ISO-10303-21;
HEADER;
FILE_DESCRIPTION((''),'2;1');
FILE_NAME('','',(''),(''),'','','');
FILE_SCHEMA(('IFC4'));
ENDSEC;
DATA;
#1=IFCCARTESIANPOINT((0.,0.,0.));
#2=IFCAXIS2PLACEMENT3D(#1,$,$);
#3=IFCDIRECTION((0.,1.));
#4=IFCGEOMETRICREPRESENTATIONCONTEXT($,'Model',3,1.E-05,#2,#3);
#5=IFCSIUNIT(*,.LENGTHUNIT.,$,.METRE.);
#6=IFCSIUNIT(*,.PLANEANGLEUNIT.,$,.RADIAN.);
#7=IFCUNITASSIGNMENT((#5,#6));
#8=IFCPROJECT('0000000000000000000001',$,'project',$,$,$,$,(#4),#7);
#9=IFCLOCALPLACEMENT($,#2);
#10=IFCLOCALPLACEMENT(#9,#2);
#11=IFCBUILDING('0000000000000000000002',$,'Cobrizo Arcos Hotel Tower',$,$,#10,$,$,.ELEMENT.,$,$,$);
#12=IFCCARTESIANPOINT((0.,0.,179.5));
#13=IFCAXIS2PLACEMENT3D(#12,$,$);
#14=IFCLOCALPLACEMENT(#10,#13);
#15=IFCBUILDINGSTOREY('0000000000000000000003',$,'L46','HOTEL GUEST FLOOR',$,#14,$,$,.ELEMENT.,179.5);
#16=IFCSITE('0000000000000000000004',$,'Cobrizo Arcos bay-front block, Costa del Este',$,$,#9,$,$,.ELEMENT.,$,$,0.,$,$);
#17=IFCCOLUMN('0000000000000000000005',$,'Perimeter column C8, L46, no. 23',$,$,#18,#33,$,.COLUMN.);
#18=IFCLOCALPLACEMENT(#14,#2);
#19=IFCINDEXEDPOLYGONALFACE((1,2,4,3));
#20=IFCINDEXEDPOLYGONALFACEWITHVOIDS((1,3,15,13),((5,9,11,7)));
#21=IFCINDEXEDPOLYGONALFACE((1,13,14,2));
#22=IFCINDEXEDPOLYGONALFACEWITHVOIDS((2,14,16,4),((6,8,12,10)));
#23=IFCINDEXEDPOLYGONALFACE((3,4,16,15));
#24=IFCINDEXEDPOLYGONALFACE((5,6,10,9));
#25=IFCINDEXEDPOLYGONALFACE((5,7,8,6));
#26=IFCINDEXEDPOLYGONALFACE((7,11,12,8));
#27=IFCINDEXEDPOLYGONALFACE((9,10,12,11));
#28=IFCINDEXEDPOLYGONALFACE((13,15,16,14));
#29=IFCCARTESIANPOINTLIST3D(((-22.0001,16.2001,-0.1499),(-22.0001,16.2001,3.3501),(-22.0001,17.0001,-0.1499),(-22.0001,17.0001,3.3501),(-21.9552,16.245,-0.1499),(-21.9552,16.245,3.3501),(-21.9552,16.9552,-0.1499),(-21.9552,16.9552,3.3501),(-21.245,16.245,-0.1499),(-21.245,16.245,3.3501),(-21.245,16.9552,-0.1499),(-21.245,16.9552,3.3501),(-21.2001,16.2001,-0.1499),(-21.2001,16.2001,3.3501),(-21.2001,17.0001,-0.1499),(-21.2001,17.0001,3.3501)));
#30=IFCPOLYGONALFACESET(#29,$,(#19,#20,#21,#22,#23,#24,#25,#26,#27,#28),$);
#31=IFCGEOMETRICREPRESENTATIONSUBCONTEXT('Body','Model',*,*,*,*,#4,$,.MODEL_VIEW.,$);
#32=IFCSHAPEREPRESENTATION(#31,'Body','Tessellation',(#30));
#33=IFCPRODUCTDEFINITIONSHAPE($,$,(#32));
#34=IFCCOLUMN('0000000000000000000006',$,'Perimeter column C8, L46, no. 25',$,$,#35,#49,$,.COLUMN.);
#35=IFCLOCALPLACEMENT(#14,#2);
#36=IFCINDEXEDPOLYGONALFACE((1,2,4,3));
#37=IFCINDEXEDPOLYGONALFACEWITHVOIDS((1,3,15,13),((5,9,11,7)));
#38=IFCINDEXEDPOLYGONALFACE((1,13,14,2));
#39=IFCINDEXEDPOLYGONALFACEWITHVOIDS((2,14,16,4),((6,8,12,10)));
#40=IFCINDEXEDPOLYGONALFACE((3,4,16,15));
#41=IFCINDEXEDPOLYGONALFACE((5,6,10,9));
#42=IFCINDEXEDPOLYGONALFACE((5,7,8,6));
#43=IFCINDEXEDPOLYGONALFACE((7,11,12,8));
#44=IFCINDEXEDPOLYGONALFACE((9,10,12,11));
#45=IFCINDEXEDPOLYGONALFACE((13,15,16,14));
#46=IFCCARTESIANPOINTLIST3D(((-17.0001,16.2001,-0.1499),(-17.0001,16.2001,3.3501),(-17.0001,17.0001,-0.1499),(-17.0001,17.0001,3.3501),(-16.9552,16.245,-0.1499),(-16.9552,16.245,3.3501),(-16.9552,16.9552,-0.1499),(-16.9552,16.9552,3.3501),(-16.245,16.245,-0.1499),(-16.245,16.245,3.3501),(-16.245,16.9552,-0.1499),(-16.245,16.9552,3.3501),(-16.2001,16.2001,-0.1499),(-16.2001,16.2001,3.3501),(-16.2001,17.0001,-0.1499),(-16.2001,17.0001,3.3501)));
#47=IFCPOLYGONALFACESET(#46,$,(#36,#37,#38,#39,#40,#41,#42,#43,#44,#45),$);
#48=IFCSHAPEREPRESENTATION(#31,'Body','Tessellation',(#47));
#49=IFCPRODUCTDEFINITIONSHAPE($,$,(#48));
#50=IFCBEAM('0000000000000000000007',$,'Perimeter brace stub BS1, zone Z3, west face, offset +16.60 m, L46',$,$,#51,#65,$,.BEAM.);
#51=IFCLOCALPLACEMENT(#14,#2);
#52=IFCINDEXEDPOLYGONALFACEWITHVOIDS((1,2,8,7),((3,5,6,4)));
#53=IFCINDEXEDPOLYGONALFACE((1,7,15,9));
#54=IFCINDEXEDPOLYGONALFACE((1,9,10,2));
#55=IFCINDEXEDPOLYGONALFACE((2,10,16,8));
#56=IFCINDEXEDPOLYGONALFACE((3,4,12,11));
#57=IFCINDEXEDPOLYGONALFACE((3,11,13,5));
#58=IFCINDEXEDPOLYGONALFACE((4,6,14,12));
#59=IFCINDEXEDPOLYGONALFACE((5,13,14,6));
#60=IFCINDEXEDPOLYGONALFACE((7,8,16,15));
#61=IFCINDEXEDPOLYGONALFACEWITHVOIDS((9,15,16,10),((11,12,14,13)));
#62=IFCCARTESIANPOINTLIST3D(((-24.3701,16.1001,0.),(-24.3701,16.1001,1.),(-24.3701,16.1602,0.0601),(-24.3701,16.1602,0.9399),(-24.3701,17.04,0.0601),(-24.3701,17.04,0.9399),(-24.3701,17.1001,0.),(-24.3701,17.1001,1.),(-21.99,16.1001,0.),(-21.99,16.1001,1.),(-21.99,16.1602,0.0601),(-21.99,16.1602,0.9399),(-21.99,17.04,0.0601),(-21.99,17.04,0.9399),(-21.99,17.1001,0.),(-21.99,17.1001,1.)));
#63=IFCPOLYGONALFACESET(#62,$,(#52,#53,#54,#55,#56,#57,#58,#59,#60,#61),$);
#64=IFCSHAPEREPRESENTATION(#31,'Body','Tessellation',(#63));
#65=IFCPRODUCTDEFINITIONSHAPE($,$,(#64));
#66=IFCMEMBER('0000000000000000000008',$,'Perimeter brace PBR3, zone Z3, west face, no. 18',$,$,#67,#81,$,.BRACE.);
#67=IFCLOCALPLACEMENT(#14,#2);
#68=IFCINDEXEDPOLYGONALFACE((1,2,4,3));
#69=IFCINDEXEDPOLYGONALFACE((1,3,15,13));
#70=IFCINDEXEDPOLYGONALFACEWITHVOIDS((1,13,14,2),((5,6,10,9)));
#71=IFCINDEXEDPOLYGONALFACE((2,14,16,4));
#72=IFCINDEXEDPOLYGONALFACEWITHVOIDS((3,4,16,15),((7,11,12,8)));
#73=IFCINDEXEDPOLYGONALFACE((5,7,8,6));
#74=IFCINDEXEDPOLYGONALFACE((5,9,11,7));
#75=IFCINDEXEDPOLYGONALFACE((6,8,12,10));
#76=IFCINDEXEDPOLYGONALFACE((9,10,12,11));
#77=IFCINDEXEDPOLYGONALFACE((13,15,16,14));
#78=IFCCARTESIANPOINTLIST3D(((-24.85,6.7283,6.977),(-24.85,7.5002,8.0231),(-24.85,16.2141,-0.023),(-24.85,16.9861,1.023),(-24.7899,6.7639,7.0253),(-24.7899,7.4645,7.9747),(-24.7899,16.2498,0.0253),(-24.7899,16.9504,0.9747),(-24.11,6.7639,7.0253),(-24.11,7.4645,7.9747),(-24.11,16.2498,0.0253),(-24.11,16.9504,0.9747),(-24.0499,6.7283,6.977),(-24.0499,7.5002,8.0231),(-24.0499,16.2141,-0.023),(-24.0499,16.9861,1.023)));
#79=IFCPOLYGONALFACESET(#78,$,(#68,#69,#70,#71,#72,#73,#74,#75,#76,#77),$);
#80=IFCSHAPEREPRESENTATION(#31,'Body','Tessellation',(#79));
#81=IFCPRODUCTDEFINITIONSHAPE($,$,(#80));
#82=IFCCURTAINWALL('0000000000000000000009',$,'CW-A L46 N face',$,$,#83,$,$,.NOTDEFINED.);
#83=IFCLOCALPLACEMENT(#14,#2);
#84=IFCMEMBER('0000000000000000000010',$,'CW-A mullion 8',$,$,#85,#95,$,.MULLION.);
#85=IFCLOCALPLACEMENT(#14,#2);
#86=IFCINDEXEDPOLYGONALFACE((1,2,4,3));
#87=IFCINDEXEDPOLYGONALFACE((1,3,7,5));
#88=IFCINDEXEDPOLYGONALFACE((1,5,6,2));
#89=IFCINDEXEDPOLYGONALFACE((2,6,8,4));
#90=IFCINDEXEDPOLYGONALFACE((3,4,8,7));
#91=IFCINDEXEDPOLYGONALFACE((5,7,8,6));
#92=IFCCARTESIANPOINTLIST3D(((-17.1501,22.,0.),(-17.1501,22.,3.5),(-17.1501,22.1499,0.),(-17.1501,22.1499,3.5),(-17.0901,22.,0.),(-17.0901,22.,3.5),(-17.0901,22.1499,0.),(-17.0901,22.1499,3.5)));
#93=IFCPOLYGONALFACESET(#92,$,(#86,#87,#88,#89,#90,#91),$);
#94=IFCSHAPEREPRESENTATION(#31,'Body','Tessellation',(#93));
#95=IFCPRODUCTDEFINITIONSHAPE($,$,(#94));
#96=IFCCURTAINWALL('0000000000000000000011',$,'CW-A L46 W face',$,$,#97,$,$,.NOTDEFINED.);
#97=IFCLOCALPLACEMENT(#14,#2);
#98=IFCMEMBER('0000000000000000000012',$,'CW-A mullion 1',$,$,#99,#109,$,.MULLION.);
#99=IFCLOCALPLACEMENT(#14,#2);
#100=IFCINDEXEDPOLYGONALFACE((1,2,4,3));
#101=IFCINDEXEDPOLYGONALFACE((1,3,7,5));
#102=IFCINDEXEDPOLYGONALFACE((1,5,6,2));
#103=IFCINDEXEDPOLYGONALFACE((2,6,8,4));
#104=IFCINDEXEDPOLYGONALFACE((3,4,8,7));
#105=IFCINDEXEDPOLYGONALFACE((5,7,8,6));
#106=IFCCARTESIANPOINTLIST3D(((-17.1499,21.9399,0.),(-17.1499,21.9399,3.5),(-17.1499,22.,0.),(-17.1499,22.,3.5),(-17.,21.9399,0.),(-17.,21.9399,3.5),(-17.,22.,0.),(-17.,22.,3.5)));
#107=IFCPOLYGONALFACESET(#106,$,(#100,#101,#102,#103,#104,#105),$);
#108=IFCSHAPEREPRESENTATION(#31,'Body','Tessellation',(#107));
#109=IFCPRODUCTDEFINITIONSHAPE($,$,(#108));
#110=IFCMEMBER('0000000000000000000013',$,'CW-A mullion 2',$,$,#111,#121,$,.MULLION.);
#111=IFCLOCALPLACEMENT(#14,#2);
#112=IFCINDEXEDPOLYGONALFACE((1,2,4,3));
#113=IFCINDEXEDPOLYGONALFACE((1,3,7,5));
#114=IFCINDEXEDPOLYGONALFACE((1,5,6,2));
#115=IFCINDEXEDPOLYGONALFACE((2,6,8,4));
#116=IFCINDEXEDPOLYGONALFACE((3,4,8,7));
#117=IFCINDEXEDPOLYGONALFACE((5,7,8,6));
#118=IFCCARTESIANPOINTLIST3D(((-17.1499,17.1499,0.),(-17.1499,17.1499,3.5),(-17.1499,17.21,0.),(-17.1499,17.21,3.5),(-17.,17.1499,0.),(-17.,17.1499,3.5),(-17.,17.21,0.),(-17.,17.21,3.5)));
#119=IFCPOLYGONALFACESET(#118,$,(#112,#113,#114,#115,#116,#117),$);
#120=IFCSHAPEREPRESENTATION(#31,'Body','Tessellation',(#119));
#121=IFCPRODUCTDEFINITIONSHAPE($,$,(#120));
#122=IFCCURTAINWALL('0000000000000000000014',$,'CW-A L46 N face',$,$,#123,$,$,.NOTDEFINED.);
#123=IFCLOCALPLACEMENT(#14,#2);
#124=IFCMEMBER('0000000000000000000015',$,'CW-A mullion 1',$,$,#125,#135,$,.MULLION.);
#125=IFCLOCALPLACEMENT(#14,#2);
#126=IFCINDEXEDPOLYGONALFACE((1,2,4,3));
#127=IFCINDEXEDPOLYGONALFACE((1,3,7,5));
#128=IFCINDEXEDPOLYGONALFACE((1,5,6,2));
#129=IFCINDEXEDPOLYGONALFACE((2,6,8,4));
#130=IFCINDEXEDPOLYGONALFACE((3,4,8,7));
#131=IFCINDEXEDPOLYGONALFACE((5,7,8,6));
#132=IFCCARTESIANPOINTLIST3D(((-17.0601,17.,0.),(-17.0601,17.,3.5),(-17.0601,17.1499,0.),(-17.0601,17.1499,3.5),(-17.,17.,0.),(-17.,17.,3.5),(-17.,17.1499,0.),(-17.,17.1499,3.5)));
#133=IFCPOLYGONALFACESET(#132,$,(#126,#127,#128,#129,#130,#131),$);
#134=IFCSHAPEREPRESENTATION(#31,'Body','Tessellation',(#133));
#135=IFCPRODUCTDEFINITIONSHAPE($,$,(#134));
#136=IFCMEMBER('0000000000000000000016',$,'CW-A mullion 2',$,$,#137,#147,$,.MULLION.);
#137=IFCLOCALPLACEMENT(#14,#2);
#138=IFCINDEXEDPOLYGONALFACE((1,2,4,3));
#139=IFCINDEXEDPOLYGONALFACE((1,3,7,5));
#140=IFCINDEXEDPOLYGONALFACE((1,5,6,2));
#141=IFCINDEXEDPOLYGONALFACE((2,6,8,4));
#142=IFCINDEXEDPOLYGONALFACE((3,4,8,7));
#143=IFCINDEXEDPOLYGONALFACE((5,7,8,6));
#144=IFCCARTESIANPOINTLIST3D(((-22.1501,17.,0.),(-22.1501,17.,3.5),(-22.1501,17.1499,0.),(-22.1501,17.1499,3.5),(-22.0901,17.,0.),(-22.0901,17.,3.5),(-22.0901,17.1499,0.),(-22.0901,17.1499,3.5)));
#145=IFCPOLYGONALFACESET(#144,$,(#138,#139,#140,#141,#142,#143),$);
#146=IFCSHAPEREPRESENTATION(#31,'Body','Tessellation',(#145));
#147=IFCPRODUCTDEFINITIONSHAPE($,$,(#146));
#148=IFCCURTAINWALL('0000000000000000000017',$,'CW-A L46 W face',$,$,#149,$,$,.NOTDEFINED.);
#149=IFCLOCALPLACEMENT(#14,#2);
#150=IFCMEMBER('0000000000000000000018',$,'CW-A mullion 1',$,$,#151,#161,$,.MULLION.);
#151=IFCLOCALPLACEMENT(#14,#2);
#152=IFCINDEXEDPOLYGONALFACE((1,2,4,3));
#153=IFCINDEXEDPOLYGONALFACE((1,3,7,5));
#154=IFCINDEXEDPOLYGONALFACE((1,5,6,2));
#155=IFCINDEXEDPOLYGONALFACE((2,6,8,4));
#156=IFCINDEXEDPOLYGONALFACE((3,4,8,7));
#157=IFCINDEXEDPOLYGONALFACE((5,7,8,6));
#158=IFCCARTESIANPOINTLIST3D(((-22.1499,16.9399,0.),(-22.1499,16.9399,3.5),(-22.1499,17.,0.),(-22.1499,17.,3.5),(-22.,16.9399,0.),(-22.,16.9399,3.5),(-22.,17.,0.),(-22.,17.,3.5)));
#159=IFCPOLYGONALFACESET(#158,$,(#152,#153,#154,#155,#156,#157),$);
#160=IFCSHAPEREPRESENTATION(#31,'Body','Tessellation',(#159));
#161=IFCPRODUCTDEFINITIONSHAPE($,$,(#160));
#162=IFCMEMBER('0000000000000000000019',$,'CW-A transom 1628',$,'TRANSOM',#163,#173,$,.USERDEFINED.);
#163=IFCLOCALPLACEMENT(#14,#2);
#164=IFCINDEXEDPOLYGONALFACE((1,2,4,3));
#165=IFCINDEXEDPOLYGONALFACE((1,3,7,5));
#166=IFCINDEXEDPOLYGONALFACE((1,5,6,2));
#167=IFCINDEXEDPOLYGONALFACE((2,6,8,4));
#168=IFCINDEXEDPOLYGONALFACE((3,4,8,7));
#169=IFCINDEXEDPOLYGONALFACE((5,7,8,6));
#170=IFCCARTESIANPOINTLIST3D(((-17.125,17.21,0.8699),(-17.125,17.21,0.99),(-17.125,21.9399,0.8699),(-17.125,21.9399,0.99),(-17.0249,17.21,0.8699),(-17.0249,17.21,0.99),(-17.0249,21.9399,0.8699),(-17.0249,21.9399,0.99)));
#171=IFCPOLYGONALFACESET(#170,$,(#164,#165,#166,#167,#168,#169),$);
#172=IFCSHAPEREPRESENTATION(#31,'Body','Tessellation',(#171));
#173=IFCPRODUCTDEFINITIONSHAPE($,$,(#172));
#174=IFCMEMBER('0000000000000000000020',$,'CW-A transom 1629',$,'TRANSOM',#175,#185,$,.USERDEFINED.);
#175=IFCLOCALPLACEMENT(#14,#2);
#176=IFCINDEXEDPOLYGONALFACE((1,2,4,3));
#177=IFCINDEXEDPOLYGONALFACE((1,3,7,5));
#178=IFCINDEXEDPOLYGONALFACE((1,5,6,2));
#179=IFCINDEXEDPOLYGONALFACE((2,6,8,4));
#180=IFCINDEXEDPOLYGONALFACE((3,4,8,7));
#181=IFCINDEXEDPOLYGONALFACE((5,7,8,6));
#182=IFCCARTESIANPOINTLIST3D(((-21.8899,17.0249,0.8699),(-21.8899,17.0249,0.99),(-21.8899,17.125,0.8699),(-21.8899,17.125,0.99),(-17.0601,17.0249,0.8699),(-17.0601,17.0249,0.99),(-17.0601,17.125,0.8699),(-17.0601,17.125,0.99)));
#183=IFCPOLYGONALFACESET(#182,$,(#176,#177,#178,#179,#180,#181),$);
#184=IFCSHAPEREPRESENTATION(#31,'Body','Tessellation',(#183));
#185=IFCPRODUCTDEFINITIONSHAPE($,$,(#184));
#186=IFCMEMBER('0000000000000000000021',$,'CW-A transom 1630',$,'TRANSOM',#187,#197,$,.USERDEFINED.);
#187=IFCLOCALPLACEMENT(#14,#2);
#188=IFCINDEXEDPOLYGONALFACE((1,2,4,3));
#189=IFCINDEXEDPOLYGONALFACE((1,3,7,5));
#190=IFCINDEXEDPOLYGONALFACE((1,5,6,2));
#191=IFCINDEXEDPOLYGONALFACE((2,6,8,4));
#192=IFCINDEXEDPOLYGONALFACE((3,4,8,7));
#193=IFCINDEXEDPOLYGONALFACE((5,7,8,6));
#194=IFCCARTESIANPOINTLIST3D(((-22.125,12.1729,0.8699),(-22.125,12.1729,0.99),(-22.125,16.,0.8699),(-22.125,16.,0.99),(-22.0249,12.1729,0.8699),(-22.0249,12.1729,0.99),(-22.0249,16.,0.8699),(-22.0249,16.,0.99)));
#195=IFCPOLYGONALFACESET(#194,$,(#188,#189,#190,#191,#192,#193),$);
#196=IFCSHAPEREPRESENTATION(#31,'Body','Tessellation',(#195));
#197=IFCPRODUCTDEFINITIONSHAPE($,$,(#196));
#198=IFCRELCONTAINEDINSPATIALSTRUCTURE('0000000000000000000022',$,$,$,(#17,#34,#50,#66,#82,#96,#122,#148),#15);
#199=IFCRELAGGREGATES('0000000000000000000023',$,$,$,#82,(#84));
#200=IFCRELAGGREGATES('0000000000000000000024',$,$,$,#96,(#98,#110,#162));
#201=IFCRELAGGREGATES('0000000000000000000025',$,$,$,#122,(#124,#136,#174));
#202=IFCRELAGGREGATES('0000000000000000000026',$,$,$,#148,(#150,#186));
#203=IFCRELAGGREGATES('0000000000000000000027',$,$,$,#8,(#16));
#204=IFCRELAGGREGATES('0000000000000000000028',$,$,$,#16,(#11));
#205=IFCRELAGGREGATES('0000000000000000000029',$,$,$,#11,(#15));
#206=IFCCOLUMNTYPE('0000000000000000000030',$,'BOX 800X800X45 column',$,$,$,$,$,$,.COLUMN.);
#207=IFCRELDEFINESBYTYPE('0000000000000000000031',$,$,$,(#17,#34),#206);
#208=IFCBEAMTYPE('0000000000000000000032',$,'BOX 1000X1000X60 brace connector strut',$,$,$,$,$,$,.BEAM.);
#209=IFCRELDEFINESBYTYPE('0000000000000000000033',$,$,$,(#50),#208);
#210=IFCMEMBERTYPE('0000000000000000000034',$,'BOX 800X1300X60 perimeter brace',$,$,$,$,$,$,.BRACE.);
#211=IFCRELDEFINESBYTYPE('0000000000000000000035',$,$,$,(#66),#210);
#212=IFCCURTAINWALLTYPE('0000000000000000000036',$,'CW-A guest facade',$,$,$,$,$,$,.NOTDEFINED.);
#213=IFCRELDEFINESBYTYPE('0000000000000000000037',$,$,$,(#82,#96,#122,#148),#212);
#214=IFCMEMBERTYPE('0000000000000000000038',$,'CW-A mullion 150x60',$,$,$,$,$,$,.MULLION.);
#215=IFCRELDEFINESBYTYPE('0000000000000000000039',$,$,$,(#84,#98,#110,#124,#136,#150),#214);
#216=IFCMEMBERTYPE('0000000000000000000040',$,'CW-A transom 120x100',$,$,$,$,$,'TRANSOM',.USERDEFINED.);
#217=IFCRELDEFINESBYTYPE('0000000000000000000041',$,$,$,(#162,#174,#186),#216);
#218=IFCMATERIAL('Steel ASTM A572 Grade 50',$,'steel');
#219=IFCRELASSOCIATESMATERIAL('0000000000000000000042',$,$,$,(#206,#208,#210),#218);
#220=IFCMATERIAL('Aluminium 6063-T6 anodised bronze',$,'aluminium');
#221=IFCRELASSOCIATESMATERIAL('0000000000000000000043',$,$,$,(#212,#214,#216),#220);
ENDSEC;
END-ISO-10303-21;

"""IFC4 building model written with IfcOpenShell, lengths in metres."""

from ifc_helpers import new_model, si_unit, direction, frame, origin, origin_2d, place, context, subcontext, project, spatial, rectangle, hollow_rectangle, extrude, material, material_profile, profile_set, type_object, element, aggregate, save


model = new_model("IFC4")

# Units and contexts
model_context = context("Model", 3, precision=1e-05, world=origin(), true_north=direction((0.0, 1.0)))
body_context = subcontext(model_context, "Body", "Model", "MODEL_VIEW")
ifc_project = project(units=[si_unit("LENGTHUNIT", "METRE"), si_unit("PLANEANGLEUNIT", "RADIAN")], contexts=[model_context])

# Site, building, storey
site_placement = place(None, origin())
site = spatial("IfcSite", under=ifc_project, at=site_placement, Name="Cobrizo Arcos bay-front block, Costa del Este", CompositionType="ELEMENT", RefElevation=0.0)
building_placement = place(site_placement, origin())
building = spatial("IfcBuilding", under=site, at=building_placement, Name="Cobrizo Arcos Hotel Tower", CompositionType="ELEMENT")
storey_placement = place(building_placement, frame((0.0, 0.0, 179.5)))
storey = spatial("IfcBuildingStorey", under=building, at=storey_placement, Name="L46", Description="HOTEL GUEST FLOOR", CompositionType="ELEMENT", Elevation=179.5)

# Columns
ifc_material_1 = material(Name="Steel ASTM A572 Grade 50", Category="steel")
ifc_material_profile_1 = material_profile(ifc_material_1, hollow_rectangle(XDim=0.8, YDim=0.8, WallThickness=0.0449, at=origin_2d()), Name="BOX 800X800X45")
ifc_profile_set_1 = profile_set([ifc_material_profile_1], Name="Steel ASTM A572 Grade 50")
column_type = type_object("IfcColumnType", Name="BOX 800X800X45 column", PredefinedType="COLUMN", material=ifc_profile_set_1)
for number, where, z_axis, x_axis, name in (
    (1, (-21.6001, 16.6001, -0.1499), (0.0, 0.0, 1.0), (1.0, 0.0, 0.0), "Perimeter column C8, L46, no. 23"),
    (2, (-16.6001, 16.6001, -0.1499), (0.0, 0.0, 1.0), (1.0, 0.0, 0.0), "Perimeter column C8, L46, no. 25"),
):
    element("IfcColumn", number, at=place(storey_placement, frame(where, z_axis=z_axis, x_axis=x_axis)), inside=storey, type_object=column_type, Name=name, PredefinedType="COLUMN", context=body_context, shape_type="SweptSolid", body=[
        extrude(hollow_rectangle(XDim=0.8, YDim=0.8, WallThickness=0.0449, at=origin_2d()), origin(), (0.0, 0.0, 1.0), 3.5),
    ])

# Beam
ifc_material_profile_2 = material_profile(ifc_material_1, hollow_rectangle(XDim=1.0, YDim=1.0, WallThickness=0.0601, at=origin_2d()), Name="BOX 1000X1000X60")
ifc_profile_set_2 = profile_set([ifc_material_profile_2], Name="Steel ASTM A572 Grade 50")
beam_type_1 = type_object("IfcBeamType", Name="BOX 1000X1000X60 brace connector strut", PredefinedType="BEAM", material=ifc_profile_set_2)
beam_1_placement = place(storey_placement, frame((-21.99, 16.6001, 0.5), z_axis=(-1.0, 0.0, 0.0), x_axis=(0.0, -1.0, 0.0)))
element("IfcBeam", 3, at=beam_1_placement, inside=storey, type_object=beam_type_1, Name="Perimeter brace stub BS1, zone Z3, west face, offset +16.60 m, L46", PredefinedType="BEAM", context=body_context, shape_type="SweptSolid", body=[
    extrude(hollow_rectangle(XDim=1.0, YDim=1.0, WallThickness=0.0601, at=origin_2d()), origin(), (0.0, 0.0, 1.0), 2.3801),
])

# Member
ifc_material_profile_3 = material_profile(ifc_material_1, hollow_rectangle(XDim=0.8, YDim=1.3, WallThickness=0.0601, at=origin_2d()), Name="BOX 800X1300X60")
ifc_profile_set_3 = profile_set([ifc_material_profile_3], Name="Steel ASTM A572 Grade 50")
member_type_1 = type_object("IfcMemberType", Name="BOX 800X1300X60 perimeter brace", PredefinedType="BRACE", material=ifc_profile_set_3)
member_1_placement = place(storey_placement, frame((-24.45, 16.6001, 0.5), z_axis=(0.0, -0.804633, 0.593772), x_axis=(1.0, 0.0, 0.0)))
element("IfcMember", 4, at=member_1_placement, inside=storey, type_object=member_type_1, Name="Perimeter brace PBR3, zone Z3, west face, no. 18", PredefinedType="BRACE", context=body_context, shape_type="SweptSolid", body=[
    extrude(hollow_rectangle(XDim=0.8, YDim=1.3, WallThickness=0.0601, at=origin_2d()), origin(), (0.0, 0.0, 1.0), 11.7891),
])

# Curtain wall, member
ifc_material_2 = material(Name="Aluminium 6063-T6 anodised bronze", Category="aluminium")
curtain_wall_type = type_object("IfcCurtainWallType", Name="CW-A guest facade", PredefinedType="NOTDEFINED", material=ifc_material_2)
curtain_wall_1_placement = place(storey_placement, origin())
curtain_wall_1 = element("IfcCurtainWall", 5, at=curtain_wall_1_placement, inside=storey, type_object=curtain_wall_type, Name="CW-A L46 N face", PredefinedType="NOTDEFINED")
ifc_material_profile_4 = material_profile(ifc_material_2, rectangle(XDim=0.1499, YDim=0.0601, at=origin_2d()), Name="CW-A mullion 150x60")
ifc_profile_set_4 = profile_set([ifc_material_profile_4], Name="Aluminium 6063-T6 anodised bronze")
member_type_2 = type_object("IfcMemberType", Name="CW-A mullion 150x60", PredefinedType="MULLION", material=ifc_profile_set_4)
member_2_placement = place(storey_placement, frame((-17.1201, 22.075, 0.0), z_axis=(0.0, 0.0, 1.0), x_axis=(0.0, 1.0, 0.0)))
member_2 = element("IfcMember", 6, at=member_2_placement, type_object=member_type_2, Name="CW-A mullion 8", PredefinedType="MULLION", context=body_context, shape_type="SweptSolid", body=[
    extrude(rectangle(XDim=0.1499, YDim=0.0601, at=origin_2d()), origin(), (0.0, 0.0, 1.0), 3.5),
])
aggregate(curtain_wall_1, [member_2])

# Curtain walls, members
curtain_wall_2_placement = place(storey_placement, origin())
curtain_wall_2 = element("IfcCurtainWall", 7, at=curtain_wall_2_placement, inside=storey, type_object=curtain_wall_type, Name="CW-A L46 W face", PredefinedType="NOTDEFINED")
member_3_placement = place(storey_placement, frame((-17.075, 21.97, 0.0), z_axis=(0.0, 0.0, 1.0), x_axis=(-1.0, 0.0, 0.0)))
member_3 = element("IfcMember", 8, at=member_3_placement, type_object=member_type_2, Name="CW-A mullion 1", PredefinedType="MULLION", context=body_context, shape_type="SweptSolid", body=[
    extrude(rectangle(XDim=0.1499, YDim=0.0601, at=origin_2d()), origin(), (0.0, 0.0, 1.0), 3.5),
])
member_4_placement = place(storey_placement, frame((-17.075, 17.1799, 0.0), z_axis=(0.0, 0.0, 1.0), x_axis=(-1.0, 0.0, 0.0)))
member_4 = element("IfcMember", 9, at=member_4_placement, type_object=member_type_2, Name="CW-A mullion 2", PredefinedType="MULLION", context=body_context, shape_type="SweptSolid", body=[
    extrude(rectangle(XDim=0.1499, YDim=0.0601, at=origin_2d()), origin(), (0.0, 0.0, 1.0), 3.5),
])
curtain_wall_3_placement = place(storey_placement, origin())
curtain_wall_3 = element("IfcCurtainWall", 10, at=curtain_wall_3_placement, inside=storey, type_object=curtain_wall_type, Name="CW-A L46 N face", PredefinedType="NOTDEFINED")
member_5_placement = place(storey_placement, frame((-17.03, 17.075, 0.0), z_axis=(0.0, 0.0, 1.0), x_axis=(0.0, 1.0, 0.0)))
member_5 = element("IfcMember", 11, at=member_5_placement, type_object=member_type_2, Name="CW-A mullion 1", PredefinedType="MULLION", context=body_context, shape_type="SweptSolid", body=[
    extrude(rectangle(XDim=0.1499, YDim=0.0601, at=origin_2d()), origin(), (0.0, 0.0, 1.0), 3.5),
])
member_6_placement = place(storey_placement, frame((-22.1201, 17.075, 0.0), z_axis=(0.0, 0.0, 1.0), x_axis=(0.0, 1.0, 0.0)))
member_6 = element("IfcMember", 12, at=member_6_placement, type_object=member_type_2, Name="CW-A mullion 2", PredefinedType="MULLION", context=body_context, shape_type="SweptSolid", body=[
    extrude(rectangle(XDim=0.1499, YDim=0.0601, at=origin_2d()), origin(), (0.0, 0.0, 1.0), 3.5),
])

# Curtain wall, member
curtain_wall_4_placement = place(storey_placement, origin())
curtain_wall_4 = element("IfcCurtainWall", 13, at=curtain_wall_4_placement, inside=storey, type_object=curtain_wall_type, Name="CW-A L46 W face", PredefinedType="NOTDEFINED")
member_7_placement = place(storey_placement, frame((-22.075, 16.97, 0.0), z_axis=(0.0, 0.0, 1.0), x_axis=(-1.0, 0.0, 0.0)))
member_7 = element("IfcMember", 14, at=member_7_placement, type_object=member_type_2, Name="CW-A mullion 1", PredefinedType="MULLION", context=body_context, shape_type="SweptSolid", body=[
    extrude(rectangle(XDim=0.1499, YDim=0.0601, at=origin_2d()), origin(), (0.0, 0.0, 1.0), 3.5),
])

# Members
ifc_material_profile_5 = material_profile(ifc_material_2, rectangle(XDim=0.1001, YDim=0.1201, at=origin_2d()), Name="CW-A transom 120x100")
ifc_profile_set_5 = profile_set([ifc_material_profile_5], Name="Aluminium 6063-T6 anodised bronze")
member_type_3 = type_object("IfcMemberType", Name="CW-A transom 120x100", ElementType="TRANSOM", PredefinedType="USERDEFINED", material=ifc_profile_set_5)
member_8_placement = place(storey_placement, frame((-17.075, 21.9399, 0.9299), z_axis=(0.0, -1.0, 0.0), x_axis=(1.0, 0.0, 0.0)))
member_8 = element("IfcMember", 15, at=member_8_placement, type_object=member_type_3, Name="CW-A transom 1628", ObjectType="TRANSOM", PredefinedType="USERDEFINED", context=body_context, shape_type="SweptSolid", body=[
    extrude(rectangle(XDim=0.1001, YDim=0.1201, at=origin_2d()), origin(), (0.0, 0.0, 1.0), 4.73),
])
member_9_placement = place(storey_placement, frame((-17.0601, 17.075, 0.9299), z_axis=(-1.0, 0.0, 0.0), x_axis=(0.0, -1.0, 0.0)))
member_9 = element("IfcMember", 16, at=member_9_placement, type_object=member_type_3, Name="CW-A transom 1629", ObjectType="TRANSOM", PredefinedType="USERDEFINED", context=body_context, shape_type="SweptSolid", body=[
    extrude(rectangle(XDim=0.1001, YDim=0.1201, at=origin_2d()), origin(), (0.0, 0.0, 1.0), 4.8298),
])
member_10_placement = place(storey_placement, frame((-22.075, 16.0, 0.9299), z_axis=(0.0, -1.0, 0.0), x_axis=(1.0, 0.0, 0.0)))
member_10 = element("IfcMember", 17, at=member_10_placement, type_object=member_type_3, Name="CW-A transom 1630", ObjectType="TRANSOM", PredefinedType="USERDEFINED", context=body_context, shape_type="SweptSolid", body=[
    extrude(rectangle(XDim=0.1001, YDim=0.1201, at=origin_2d()), origin(), (0.0, 0.0, 1.0), 3.8271),
])

aggregate(curtain_wall_2, [member_3, member_4, member_8])
aggregate(curtain_wall_3, [member_5, member_6, member_9])
aggregate(curtain_wall_4, [member_7, member_10])

save(model, "model.ifc")
